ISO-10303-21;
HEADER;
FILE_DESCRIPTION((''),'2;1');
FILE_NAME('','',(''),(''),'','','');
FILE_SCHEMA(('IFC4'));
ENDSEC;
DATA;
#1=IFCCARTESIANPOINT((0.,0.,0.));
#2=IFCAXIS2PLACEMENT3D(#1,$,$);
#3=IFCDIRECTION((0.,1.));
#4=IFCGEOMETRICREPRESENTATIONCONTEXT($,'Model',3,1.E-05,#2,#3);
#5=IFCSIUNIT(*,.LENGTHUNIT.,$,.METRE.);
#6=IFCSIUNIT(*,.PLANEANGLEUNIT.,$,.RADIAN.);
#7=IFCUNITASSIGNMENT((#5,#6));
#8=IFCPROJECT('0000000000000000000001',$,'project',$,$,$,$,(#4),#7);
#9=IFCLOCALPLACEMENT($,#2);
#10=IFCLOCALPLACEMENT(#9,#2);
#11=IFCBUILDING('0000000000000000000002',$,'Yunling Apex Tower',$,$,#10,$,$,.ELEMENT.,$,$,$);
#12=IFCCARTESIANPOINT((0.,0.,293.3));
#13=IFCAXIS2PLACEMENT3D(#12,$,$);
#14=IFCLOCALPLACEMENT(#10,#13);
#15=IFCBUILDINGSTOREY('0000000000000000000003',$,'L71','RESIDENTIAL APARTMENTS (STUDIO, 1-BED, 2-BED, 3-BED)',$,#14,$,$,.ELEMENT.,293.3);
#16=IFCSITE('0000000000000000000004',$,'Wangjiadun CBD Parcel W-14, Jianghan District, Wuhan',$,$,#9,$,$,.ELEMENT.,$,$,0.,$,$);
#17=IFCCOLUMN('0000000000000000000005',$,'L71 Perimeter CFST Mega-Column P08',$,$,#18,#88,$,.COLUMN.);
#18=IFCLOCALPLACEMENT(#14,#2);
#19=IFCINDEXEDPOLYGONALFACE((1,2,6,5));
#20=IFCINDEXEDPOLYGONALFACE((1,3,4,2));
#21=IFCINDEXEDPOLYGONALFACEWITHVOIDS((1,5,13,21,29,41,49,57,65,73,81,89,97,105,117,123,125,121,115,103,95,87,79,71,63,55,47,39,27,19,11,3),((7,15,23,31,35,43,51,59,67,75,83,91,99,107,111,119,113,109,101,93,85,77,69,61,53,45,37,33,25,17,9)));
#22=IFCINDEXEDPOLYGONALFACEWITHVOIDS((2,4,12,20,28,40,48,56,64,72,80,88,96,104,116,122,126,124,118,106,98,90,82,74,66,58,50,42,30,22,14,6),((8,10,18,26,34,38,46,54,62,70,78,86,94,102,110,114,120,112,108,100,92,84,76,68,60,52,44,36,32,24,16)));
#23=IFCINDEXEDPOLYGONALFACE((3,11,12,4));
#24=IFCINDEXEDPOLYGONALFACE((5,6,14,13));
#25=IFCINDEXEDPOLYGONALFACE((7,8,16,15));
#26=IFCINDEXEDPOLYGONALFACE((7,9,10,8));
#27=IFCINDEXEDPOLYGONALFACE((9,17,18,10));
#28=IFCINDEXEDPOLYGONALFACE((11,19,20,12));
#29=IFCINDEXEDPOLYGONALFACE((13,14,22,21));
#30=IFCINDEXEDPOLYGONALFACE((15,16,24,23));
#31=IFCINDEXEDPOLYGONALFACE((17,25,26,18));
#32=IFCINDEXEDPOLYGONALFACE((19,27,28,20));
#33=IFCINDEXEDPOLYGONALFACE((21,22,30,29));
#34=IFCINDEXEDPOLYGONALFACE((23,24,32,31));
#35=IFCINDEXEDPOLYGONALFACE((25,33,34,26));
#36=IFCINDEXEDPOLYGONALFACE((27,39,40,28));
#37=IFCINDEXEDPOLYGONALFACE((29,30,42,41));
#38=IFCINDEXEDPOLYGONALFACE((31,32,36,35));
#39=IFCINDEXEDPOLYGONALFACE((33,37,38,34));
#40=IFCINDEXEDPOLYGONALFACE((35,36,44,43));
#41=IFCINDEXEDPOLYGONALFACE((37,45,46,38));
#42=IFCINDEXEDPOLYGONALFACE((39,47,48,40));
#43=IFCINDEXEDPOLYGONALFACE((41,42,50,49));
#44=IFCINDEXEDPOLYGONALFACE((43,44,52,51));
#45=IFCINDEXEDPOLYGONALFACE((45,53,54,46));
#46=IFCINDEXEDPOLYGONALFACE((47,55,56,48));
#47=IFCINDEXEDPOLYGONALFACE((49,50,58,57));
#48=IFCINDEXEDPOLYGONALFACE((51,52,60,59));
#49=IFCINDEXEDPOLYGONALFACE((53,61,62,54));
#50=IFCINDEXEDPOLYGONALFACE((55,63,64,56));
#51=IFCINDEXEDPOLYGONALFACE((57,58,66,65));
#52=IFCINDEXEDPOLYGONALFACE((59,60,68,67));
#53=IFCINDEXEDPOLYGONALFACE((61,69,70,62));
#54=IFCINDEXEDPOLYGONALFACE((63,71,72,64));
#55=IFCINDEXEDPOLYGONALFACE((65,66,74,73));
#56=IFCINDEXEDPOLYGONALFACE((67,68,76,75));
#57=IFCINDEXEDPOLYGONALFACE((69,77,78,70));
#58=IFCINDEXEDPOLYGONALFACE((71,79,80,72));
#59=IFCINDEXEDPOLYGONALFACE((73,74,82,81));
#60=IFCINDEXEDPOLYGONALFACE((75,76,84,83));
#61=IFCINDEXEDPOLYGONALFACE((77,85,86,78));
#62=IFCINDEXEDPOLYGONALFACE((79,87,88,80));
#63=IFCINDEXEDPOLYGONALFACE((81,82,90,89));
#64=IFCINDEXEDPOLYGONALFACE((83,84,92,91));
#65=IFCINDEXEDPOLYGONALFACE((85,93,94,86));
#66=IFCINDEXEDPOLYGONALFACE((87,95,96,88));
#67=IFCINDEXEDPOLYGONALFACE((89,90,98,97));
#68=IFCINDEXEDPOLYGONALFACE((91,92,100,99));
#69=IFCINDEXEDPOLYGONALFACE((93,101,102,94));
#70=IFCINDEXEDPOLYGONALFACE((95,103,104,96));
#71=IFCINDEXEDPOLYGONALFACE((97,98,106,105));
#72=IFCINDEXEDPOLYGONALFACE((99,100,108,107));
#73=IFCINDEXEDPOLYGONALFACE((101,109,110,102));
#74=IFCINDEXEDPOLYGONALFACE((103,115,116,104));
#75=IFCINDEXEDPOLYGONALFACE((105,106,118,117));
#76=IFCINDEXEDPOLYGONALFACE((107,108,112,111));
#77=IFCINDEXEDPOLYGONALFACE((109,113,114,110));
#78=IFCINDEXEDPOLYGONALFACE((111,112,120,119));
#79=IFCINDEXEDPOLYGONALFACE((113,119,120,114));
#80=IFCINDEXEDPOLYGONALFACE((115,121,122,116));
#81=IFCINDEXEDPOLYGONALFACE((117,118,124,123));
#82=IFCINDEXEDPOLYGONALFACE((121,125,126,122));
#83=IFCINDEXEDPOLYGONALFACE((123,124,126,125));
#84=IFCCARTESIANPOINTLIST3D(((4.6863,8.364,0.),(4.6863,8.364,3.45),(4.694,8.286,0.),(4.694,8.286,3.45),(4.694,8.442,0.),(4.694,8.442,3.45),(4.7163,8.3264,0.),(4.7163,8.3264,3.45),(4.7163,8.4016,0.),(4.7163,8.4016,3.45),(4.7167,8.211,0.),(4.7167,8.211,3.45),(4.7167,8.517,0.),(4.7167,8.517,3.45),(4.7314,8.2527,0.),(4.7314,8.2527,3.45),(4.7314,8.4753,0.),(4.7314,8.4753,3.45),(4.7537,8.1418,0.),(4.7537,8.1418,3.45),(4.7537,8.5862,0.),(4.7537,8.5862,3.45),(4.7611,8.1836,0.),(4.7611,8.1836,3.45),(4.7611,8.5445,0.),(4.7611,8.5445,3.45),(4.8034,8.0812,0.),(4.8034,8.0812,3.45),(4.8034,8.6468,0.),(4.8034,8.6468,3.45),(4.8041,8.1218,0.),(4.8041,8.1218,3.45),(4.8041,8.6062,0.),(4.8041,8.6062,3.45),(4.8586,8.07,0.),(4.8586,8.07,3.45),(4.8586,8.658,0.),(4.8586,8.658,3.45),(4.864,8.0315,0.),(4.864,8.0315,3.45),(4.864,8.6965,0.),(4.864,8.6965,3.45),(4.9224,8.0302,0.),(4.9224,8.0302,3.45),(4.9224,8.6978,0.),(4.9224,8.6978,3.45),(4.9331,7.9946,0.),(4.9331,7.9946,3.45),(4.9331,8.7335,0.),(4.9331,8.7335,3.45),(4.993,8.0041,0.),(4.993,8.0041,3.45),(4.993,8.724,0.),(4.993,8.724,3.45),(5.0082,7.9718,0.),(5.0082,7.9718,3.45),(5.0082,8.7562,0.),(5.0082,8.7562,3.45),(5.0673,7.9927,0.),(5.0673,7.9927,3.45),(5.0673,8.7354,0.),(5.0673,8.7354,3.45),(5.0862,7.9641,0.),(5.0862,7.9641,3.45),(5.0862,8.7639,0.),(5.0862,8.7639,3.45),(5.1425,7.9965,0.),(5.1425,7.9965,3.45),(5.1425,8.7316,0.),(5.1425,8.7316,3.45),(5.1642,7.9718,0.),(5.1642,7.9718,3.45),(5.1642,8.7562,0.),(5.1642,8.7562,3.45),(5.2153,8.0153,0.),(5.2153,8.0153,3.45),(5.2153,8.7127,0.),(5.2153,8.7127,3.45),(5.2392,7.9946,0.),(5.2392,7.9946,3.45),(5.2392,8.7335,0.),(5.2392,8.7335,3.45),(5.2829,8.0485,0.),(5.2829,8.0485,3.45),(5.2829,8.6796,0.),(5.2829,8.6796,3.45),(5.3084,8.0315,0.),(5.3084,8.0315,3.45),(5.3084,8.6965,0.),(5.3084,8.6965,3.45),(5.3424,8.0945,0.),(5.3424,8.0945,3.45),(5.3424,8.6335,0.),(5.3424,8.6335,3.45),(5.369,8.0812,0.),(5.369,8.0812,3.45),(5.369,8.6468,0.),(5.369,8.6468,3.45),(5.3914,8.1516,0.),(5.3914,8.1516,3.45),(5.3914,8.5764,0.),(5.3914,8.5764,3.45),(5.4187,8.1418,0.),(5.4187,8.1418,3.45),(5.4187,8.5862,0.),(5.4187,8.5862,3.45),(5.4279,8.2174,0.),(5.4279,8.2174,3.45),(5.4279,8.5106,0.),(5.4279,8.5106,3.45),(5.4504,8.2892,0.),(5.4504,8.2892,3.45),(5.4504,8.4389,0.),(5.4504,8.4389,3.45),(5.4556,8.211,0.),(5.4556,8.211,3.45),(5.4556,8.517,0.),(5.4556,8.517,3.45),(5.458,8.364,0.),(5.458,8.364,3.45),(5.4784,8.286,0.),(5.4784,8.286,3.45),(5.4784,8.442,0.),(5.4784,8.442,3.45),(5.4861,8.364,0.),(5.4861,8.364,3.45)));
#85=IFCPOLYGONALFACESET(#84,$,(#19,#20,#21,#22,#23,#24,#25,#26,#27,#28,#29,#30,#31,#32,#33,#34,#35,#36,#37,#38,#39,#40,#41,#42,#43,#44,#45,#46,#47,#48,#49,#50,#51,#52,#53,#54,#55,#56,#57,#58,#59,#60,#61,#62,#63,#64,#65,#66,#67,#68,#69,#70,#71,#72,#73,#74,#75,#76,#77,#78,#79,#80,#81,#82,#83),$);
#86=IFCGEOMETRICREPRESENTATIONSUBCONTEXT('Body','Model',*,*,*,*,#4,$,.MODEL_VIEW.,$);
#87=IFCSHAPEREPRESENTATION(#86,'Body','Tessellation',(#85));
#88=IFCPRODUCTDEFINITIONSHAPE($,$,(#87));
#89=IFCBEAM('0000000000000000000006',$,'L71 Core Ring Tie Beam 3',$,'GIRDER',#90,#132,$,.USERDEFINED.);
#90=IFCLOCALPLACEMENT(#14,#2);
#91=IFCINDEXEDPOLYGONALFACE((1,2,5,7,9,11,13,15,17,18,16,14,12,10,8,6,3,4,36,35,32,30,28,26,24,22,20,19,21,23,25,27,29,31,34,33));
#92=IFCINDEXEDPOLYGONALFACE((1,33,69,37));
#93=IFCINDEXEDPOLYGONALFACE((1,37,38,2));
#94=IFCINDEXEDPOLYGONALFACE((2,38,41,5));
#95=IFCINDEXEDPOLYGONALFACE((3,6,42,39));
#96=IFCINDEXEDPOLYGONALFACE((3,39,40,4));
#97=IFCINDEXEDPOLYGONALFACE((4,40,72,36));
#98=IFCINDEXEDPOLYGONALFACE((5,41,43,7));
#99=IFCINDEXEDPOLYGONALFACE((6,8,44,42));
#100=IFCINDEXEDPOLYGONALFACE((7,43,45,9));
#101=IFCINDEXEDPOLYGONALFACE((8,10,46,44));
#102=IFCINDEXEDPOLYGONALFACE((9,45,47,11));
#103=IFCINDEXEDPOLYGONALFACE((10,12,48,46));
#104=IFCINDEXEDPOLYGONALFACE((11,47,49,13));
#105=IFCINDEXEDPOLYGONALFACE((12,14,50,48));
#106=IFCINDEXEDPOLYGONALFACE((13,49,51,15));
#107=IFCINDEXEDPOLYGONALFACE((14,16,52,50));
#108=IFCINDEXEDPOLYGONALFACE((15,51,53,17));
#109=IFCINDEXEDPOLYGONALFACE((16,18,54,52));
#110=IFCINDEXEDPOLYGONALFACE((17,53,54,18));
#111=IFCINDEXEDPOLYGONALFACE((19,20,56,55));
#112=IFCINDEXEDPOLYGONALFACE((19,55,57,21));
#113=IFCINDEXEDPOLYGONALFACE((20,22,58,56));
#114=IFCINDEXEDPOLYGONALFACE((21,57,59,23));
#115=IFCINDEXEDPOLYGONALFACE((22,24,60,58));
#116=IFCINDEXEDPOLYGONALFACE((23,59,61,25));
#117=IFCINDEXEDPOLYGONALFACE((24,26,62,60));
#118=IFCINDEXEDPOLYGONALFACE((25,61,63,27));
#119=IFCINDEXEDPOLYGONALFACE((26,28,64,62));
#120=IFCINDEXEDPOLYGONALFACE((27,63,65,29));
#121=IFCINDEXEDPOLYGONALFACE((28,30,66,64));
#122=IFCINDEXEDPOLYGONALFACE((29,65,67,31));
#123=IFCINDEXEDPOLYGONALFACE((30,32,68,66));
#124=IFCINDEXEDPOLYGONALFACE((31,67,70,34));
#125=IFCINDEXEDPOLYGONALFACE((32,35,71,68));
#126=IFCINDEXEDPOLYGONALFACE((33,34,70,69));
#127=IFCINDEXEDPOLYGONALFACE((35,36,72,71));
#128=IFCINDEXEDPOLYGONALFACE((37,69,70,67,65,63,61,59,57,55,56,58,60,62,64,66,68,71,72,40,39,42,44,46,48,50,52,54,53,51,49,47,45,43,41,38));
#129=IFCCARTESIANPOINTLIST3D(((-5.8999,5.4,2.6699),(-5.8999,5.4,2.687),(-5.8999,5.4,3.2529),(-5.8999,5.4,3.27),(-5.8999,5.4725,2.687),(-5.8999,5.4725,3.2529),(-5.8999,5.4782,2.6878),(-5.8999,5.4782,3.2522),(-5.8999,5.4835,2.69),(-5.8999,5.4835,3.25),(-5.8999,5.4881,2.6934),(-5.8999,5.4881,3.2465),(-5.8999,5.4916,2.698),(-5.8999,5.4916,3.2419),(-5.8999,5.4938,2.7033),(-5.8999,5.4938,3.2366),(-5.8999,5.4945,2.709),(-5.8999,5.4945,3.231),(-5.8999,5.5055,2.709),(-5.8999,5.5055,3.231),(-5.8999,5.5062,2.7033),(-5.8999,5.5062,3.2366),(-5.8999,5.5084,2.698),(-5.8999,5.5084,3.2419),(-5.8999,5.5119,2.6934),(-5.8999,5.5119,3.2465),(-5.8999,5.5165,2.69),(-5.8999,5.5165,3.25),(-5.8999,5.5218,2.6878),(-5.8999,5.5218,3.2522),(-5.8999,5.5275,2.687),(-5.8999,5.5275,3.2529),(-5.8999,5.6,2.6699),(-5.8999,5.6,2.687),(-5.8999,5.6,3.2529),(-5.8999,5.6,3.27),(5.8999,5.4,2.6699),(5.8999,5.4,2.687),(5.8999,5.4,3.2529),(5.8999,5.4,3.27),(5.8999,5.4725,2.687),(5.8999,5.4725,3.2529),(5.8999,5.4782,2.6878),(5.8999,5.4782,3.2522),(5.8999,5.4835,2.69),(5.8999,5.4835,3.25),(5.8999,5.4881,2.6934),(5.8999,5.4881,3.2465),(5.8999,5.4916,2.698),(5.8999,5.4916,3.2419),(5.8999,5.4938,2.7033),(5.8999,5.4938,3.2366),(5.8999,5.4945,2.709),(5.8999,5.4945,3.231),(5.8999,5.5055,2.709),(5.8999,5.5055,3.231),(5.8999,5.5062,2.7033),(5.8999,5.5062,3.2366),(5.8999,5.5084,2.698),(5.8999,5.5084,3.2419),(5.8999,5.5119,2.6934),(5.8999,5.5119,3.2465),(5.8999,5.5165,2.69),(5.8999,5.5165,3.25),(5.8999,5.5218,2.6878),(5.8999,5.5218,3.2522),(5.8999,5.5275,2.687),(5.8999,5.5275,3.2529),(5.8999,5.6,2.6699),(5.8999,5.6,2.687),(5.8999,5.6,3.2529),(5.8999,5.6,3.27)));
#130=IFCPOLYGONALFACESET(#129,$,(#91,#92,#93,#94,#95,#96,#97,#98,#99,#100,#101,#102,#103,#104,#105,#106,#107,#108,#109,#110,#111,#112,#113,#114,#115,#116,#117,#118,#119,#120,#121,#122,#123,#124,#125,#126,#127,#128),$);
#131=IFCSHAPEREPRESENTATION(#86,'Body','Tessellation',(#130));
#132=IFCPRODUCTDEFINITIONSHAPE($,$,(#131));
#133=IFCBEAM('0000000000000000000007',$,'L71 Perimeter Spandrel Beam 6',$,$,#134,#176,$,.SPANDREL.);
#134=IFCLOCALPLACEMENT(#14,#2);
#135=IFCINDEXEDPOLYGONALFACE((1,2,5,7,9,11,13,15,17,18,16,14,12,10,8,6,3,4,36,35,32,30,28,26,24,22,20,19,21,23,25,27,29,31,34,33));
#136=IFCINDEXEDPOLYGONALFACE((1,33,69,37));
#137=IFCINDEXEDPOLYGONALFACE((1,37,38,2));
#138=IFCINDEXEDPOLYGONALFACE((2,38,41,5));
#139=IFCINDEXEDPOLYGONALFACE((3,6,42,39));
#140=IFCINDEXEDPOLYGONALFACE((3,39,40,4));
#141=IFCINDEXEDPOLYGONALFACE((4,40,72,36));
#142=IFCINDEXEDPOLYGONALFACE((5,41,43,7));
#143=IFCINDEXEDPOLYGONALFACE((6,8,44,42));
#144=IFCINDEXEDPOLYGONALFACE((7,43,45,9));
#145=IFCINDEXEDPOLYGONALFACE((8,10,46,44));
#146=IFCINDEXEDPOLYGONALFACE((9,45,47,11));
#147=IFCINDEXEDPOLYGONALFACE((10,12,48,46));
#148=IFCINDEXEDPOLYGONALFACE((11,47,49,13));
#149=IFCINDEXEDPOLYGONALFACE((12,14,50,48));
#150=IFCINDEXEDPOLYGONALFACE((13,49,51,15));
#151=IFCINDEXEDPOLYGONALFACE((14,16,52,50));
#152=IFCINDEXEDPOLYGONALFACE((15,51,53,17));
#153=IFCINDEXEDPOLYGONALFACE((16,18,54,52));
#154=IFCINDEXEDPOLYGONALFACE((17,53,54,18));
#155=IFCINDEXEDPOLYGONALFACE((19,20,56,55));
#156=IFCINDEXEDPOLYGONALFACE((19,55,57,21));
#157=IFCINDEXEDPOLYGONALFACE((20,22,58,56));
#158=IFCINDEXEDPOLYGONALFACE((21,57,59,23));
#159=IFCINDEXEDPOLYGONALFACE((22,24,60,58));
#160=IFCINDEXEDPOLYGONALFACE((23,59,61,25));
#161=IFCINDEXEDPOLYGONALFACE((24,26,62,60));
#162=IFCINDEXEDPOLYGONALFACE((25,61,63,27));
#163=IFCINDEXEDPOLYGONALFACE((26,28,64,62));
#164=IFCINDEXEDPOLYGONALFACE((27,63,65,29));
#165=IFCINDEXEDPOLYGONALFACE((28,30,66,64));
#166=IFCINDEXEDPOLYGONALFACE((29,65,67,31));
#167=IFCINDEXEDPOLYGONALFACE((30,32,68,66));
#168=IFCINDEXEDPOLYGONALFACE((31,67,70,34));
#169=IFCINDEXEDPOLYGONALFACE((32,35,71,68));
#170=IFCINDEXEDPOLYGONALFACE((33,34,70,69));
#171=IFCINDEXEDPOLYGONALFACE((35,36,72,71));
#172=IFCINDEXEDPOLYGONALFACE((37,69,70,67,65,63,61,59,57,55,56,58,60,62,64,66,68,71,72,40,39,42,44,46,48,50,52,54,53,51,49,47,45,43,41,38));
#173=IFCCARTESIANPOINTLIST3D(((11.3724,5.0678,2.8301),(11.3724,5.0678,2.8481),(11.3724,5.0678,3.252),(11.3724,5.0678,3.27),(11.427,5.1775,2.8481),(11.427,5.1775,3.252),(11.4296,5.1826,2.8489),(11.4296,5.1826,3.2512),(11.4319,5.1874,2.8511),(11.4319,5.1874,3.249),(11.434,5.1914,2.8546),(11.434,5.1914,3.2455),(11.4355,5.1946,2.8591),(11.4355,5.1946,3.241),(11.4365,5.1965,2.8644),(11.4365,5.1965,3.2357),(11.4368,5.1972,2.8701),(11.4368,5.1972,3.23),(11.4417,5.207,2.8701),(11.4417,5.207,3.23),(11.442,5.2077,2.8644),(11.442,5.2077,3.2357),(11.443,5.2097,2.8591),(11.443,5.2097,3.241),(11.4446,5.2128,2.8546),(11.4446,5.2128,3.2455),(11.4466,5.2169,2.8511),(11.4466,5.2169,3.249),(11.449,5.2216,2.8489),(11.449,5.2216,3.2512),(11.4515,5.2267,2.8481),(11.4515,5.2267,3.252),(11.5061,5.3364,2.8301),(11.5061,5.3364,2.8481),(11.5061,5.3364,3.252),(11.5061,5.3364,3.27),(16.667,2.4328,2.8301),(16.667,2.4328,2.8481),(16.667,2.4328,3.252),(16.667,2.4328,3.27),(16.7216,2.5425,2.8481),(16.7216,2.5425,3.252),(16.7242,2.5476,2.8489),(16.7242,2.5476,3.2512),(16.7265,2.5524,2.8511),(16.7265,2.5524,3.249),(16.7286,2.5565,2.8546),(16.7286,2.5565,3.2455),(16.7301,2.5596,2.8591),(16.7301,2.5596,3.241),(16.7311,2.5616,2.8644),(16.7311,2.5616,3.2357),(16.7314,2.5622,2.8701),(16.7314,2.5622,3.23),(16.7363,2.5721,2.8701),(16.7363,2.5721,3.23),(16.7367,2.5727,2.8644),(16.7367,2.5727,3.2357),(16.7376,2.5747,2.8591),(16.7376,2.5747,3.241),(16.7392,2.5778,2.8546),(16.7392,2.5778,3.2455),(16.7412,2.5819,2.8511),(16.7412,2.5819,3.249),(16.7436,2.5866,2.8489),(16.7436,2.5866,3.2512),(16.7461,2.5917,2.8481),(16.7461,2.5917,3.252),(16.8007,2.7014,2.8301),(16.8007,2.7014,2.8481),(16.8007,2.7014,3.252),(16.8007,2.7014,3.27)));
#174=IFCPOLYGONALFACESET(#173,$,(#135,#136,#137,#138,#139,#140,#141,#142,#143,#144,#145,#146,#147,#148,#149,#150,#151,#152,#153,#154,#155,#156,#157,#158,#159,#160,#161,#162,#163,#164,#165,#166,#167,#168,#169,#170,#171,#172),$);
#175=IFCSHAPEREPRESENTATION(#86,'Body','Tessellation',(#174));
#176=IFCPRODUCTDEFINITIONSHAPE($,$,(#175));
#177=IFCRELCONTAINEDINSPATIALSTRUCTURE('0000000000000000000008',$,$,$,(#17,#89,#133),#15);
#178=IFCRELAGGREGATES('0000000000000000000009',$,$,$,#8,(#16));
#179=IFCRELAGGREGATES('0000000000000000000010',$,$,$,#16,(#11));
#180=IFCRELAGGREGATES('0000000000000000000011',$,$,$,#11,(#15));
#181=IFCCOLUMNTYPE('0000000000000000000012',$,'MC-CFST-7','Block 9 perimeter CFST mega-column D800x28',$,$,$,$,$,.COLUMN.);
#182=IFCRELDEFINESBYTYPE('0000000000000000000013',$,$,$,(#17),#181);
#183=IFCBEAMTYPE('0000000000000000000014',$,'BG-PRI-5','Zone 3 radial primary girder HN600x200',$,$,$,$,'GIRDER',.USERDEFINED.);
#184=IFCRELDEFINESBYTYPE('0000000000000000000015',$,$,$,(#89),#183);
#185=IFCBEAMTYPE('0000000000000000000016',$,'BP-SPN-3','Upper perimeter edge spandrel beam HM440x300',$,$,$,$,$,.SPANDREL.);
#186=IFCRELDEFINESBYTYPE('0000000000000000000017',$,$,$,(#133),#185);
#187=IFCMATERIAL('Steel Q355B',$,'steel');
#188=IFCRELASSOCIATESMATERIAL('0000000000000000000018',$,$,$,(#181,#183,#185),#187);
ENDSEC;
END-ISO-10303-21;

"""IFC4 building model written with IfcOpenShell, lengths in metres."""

from ifc_helpers import new_model, si_unit, direction, frame, origin, origin_2d, place, context, subcontext, project, spatial, hollow_circle, i_section, extrude, source, transform, mapped, material, material_profile, profile_set, type_object, element, save


model = new_model("IFC4")

# Units and contexts
model_context = context("Model", 3, precision=1e-05, world=origin(), true_north=direction((0.0, 1.0)))
body_context = subcontext(model_context, "Body", "Model", "MODEL_VIEW")
ifc_project = project(units=[si_unit("LENGTHUNIT", "METRE"), si_unit("PLANEANGLEUNIT", "RADIAN")], contexts=[model_context])

# Site, building, storey
site_placement = place(None, origin())
site = spatial("IfcSite", under=ifc_project, at=site_placement, Name="Wangjiadun CBD Parcel W-14, Jianghan District, Wuhan", CompositionType="ELEMENT", RefElevation=0.0)
building_placement = place(site_placement, origin())
building = spatial("IfcBuilding", under=site, at=building_placement, Name="Yunling Apex Tower", CompositionType="ELEMENT")
storey_placement = place(building_placement, frame((0.0, 0.0, 293.3)))
storey = spatial("IfcBuildingStorey", under=building, at=storey_placement, Name="L71", Description="RESIDENTIAL APARTMENTS (STUDIO, 1-BED, 2-BED, 3-BED)", CompositionType="ELEMENT", Elevation=293.3)

# Column
ifc_material_1 = material(Name="Steel Q355B", Category="steel")
ifc_material_profile_1 = material_profile(ifc_material_1, hollow_circle(Radius=0.3999, WallThickness=0.0281, at=origin_2d()))
ifc_profile_set_1 = profile_set([ifc_material_profile_1], Name="Steel Q355B")
column_type_1 = type_object("IfcColumnType", Name="MC-CFST-7", Description="Block 9 perimeter CFST mega-column D800x28", PredefinedType="COLUMN", material=ifc_profile_set_1)
shared_shape_1 = source(origin(), body_context, "Body", "SweptSolid", [
    extrude(hollow_circle(Radius=0.3999, WallThickness=0.0281, at=origin_2d()), origin(), (0.0, 0.0, 1.0), 3.45),
])
for number, where, z_axis, x_axis, name in (
    (1, (5.0862, 8.364, 0.0), (0.0, 0.0, 1.0), (1.0, 0.0, 0.0), "L71 Perimeter CFST Mega-Column P08"),
):
    element("IfcColumn", number, at=place(storey_placement, frame(where, z_axis=z_axis, x_axis=x_axis)), inside=storey, type_object=column_type_1, Name=name, PredefinedType="COLUMN", context=body_context, shape_type="MappedRepresentation", body=[
        mapped(shared_shape_1, transform((0.0, 0.0, 0.0), scale=1.0)),
    ])

# Beams
ifc_material_profile_2 = material_profile(ifc_material_1, i_section(OverallWidth=0.2, OverallDepth=0.6001, WebThickness=0.011, FlangeThickness=0.0171, FilletRadius=0.022, at=origin_2d()))
ifc_profile_set_2 = profile_set([ifc_material_profile_2], Name="Steel Q355B")
beam_type_1 = type_object("IfcBeamType", Name="BG-PRI-5", Description="Zone 3 radial primary girder HN600x200", ElementType="GIRDER", PredefinedType="USERDEFINED", material=ifc_profile_set_2)
shared_shape_2 = source(origin(), body_context, "Body", "SweptSolid", [
    extrude(i_section(OverallWidth=0.2, OverallDepth=0.6001, WebThickness=0.011, FlangeThickness=0.0171, FilletRadius=0.022, at=origin_2d()), origin(), (0.0, 0.0, 1.0), 11.7998),
])
beam_1_placement = place(storey_placement, frame((5.8999, 5.5, 2.97), z_axis=(-1.0, 0.0, 0.0), x_axis=(0.0, -1.0, 0.0)))
element("IfcBeam", 2, at=beam_1_placement, inside=storey, type_object=beam_type_1, Name="L71 Core Ring Tie Beam 3", ObjectType="GIRDER", PredefinedType="USERDEFINED", context=body_context, shape_type="MappedRepresentation", body=[
    mapped(shared_shape_2, transform((0.0, 0.0, 0.0), scale=1.0)),
])
ifc_material_profile_3 = material_profile(ifc_material_1, i_section(OverallWidth=0.3, OverallDepth=0.4399, WebThickness=0.011, FlangeThickness=0.0181, FilletRadius=0.022, at=origin_2d()))
ifc_profile_set_3 = profile_set([ifc_material_profile_3], Name="Steel Q355B")
beam_type_2 = type_object("IfcBeamType", Name="BP-SPN-3", Description="Upper perimeter edge spandrel beam HM440x300", PredefinedType="SPANDREL", material=ifc_profile_set_3)
shared_shape_3 = source(origin(), body_context, "Body", "SweptSolid", [
    extrude(i_section(OverallWidth=0.3, OverallDepth=0.4399, WebThickness=0.011, FlangeThickness=0.0181, FilletRadius=0.022, at=origin_2d()), origin(), (0.0, 0.0, 1.0), 5.9141),
])
for number, where, z_axis, x_axis, name in (
    (3, (16.7339, 2.5671, 3.05), (-0.89526, 0.445545, 0.0), (-0.445545, -0.89526, 0.0), "L71 Perimeter Spandrel Beam 6"),
):
    element("IfcBeam", number, at=place(storey_placement, frame(where, z_axis=z_axis, x_axis=x_axis)), inside=storey, type_object=beam_type_2, Name=name, PredefinedType="SPANDREL", context=body_context, shape_type="MappedRepresentation", body=[
        mapped(shared_shape_3, transform((0.0, 0.0, 0.0), scale=1.0)),
    ])

save(model, "model.ifc")
